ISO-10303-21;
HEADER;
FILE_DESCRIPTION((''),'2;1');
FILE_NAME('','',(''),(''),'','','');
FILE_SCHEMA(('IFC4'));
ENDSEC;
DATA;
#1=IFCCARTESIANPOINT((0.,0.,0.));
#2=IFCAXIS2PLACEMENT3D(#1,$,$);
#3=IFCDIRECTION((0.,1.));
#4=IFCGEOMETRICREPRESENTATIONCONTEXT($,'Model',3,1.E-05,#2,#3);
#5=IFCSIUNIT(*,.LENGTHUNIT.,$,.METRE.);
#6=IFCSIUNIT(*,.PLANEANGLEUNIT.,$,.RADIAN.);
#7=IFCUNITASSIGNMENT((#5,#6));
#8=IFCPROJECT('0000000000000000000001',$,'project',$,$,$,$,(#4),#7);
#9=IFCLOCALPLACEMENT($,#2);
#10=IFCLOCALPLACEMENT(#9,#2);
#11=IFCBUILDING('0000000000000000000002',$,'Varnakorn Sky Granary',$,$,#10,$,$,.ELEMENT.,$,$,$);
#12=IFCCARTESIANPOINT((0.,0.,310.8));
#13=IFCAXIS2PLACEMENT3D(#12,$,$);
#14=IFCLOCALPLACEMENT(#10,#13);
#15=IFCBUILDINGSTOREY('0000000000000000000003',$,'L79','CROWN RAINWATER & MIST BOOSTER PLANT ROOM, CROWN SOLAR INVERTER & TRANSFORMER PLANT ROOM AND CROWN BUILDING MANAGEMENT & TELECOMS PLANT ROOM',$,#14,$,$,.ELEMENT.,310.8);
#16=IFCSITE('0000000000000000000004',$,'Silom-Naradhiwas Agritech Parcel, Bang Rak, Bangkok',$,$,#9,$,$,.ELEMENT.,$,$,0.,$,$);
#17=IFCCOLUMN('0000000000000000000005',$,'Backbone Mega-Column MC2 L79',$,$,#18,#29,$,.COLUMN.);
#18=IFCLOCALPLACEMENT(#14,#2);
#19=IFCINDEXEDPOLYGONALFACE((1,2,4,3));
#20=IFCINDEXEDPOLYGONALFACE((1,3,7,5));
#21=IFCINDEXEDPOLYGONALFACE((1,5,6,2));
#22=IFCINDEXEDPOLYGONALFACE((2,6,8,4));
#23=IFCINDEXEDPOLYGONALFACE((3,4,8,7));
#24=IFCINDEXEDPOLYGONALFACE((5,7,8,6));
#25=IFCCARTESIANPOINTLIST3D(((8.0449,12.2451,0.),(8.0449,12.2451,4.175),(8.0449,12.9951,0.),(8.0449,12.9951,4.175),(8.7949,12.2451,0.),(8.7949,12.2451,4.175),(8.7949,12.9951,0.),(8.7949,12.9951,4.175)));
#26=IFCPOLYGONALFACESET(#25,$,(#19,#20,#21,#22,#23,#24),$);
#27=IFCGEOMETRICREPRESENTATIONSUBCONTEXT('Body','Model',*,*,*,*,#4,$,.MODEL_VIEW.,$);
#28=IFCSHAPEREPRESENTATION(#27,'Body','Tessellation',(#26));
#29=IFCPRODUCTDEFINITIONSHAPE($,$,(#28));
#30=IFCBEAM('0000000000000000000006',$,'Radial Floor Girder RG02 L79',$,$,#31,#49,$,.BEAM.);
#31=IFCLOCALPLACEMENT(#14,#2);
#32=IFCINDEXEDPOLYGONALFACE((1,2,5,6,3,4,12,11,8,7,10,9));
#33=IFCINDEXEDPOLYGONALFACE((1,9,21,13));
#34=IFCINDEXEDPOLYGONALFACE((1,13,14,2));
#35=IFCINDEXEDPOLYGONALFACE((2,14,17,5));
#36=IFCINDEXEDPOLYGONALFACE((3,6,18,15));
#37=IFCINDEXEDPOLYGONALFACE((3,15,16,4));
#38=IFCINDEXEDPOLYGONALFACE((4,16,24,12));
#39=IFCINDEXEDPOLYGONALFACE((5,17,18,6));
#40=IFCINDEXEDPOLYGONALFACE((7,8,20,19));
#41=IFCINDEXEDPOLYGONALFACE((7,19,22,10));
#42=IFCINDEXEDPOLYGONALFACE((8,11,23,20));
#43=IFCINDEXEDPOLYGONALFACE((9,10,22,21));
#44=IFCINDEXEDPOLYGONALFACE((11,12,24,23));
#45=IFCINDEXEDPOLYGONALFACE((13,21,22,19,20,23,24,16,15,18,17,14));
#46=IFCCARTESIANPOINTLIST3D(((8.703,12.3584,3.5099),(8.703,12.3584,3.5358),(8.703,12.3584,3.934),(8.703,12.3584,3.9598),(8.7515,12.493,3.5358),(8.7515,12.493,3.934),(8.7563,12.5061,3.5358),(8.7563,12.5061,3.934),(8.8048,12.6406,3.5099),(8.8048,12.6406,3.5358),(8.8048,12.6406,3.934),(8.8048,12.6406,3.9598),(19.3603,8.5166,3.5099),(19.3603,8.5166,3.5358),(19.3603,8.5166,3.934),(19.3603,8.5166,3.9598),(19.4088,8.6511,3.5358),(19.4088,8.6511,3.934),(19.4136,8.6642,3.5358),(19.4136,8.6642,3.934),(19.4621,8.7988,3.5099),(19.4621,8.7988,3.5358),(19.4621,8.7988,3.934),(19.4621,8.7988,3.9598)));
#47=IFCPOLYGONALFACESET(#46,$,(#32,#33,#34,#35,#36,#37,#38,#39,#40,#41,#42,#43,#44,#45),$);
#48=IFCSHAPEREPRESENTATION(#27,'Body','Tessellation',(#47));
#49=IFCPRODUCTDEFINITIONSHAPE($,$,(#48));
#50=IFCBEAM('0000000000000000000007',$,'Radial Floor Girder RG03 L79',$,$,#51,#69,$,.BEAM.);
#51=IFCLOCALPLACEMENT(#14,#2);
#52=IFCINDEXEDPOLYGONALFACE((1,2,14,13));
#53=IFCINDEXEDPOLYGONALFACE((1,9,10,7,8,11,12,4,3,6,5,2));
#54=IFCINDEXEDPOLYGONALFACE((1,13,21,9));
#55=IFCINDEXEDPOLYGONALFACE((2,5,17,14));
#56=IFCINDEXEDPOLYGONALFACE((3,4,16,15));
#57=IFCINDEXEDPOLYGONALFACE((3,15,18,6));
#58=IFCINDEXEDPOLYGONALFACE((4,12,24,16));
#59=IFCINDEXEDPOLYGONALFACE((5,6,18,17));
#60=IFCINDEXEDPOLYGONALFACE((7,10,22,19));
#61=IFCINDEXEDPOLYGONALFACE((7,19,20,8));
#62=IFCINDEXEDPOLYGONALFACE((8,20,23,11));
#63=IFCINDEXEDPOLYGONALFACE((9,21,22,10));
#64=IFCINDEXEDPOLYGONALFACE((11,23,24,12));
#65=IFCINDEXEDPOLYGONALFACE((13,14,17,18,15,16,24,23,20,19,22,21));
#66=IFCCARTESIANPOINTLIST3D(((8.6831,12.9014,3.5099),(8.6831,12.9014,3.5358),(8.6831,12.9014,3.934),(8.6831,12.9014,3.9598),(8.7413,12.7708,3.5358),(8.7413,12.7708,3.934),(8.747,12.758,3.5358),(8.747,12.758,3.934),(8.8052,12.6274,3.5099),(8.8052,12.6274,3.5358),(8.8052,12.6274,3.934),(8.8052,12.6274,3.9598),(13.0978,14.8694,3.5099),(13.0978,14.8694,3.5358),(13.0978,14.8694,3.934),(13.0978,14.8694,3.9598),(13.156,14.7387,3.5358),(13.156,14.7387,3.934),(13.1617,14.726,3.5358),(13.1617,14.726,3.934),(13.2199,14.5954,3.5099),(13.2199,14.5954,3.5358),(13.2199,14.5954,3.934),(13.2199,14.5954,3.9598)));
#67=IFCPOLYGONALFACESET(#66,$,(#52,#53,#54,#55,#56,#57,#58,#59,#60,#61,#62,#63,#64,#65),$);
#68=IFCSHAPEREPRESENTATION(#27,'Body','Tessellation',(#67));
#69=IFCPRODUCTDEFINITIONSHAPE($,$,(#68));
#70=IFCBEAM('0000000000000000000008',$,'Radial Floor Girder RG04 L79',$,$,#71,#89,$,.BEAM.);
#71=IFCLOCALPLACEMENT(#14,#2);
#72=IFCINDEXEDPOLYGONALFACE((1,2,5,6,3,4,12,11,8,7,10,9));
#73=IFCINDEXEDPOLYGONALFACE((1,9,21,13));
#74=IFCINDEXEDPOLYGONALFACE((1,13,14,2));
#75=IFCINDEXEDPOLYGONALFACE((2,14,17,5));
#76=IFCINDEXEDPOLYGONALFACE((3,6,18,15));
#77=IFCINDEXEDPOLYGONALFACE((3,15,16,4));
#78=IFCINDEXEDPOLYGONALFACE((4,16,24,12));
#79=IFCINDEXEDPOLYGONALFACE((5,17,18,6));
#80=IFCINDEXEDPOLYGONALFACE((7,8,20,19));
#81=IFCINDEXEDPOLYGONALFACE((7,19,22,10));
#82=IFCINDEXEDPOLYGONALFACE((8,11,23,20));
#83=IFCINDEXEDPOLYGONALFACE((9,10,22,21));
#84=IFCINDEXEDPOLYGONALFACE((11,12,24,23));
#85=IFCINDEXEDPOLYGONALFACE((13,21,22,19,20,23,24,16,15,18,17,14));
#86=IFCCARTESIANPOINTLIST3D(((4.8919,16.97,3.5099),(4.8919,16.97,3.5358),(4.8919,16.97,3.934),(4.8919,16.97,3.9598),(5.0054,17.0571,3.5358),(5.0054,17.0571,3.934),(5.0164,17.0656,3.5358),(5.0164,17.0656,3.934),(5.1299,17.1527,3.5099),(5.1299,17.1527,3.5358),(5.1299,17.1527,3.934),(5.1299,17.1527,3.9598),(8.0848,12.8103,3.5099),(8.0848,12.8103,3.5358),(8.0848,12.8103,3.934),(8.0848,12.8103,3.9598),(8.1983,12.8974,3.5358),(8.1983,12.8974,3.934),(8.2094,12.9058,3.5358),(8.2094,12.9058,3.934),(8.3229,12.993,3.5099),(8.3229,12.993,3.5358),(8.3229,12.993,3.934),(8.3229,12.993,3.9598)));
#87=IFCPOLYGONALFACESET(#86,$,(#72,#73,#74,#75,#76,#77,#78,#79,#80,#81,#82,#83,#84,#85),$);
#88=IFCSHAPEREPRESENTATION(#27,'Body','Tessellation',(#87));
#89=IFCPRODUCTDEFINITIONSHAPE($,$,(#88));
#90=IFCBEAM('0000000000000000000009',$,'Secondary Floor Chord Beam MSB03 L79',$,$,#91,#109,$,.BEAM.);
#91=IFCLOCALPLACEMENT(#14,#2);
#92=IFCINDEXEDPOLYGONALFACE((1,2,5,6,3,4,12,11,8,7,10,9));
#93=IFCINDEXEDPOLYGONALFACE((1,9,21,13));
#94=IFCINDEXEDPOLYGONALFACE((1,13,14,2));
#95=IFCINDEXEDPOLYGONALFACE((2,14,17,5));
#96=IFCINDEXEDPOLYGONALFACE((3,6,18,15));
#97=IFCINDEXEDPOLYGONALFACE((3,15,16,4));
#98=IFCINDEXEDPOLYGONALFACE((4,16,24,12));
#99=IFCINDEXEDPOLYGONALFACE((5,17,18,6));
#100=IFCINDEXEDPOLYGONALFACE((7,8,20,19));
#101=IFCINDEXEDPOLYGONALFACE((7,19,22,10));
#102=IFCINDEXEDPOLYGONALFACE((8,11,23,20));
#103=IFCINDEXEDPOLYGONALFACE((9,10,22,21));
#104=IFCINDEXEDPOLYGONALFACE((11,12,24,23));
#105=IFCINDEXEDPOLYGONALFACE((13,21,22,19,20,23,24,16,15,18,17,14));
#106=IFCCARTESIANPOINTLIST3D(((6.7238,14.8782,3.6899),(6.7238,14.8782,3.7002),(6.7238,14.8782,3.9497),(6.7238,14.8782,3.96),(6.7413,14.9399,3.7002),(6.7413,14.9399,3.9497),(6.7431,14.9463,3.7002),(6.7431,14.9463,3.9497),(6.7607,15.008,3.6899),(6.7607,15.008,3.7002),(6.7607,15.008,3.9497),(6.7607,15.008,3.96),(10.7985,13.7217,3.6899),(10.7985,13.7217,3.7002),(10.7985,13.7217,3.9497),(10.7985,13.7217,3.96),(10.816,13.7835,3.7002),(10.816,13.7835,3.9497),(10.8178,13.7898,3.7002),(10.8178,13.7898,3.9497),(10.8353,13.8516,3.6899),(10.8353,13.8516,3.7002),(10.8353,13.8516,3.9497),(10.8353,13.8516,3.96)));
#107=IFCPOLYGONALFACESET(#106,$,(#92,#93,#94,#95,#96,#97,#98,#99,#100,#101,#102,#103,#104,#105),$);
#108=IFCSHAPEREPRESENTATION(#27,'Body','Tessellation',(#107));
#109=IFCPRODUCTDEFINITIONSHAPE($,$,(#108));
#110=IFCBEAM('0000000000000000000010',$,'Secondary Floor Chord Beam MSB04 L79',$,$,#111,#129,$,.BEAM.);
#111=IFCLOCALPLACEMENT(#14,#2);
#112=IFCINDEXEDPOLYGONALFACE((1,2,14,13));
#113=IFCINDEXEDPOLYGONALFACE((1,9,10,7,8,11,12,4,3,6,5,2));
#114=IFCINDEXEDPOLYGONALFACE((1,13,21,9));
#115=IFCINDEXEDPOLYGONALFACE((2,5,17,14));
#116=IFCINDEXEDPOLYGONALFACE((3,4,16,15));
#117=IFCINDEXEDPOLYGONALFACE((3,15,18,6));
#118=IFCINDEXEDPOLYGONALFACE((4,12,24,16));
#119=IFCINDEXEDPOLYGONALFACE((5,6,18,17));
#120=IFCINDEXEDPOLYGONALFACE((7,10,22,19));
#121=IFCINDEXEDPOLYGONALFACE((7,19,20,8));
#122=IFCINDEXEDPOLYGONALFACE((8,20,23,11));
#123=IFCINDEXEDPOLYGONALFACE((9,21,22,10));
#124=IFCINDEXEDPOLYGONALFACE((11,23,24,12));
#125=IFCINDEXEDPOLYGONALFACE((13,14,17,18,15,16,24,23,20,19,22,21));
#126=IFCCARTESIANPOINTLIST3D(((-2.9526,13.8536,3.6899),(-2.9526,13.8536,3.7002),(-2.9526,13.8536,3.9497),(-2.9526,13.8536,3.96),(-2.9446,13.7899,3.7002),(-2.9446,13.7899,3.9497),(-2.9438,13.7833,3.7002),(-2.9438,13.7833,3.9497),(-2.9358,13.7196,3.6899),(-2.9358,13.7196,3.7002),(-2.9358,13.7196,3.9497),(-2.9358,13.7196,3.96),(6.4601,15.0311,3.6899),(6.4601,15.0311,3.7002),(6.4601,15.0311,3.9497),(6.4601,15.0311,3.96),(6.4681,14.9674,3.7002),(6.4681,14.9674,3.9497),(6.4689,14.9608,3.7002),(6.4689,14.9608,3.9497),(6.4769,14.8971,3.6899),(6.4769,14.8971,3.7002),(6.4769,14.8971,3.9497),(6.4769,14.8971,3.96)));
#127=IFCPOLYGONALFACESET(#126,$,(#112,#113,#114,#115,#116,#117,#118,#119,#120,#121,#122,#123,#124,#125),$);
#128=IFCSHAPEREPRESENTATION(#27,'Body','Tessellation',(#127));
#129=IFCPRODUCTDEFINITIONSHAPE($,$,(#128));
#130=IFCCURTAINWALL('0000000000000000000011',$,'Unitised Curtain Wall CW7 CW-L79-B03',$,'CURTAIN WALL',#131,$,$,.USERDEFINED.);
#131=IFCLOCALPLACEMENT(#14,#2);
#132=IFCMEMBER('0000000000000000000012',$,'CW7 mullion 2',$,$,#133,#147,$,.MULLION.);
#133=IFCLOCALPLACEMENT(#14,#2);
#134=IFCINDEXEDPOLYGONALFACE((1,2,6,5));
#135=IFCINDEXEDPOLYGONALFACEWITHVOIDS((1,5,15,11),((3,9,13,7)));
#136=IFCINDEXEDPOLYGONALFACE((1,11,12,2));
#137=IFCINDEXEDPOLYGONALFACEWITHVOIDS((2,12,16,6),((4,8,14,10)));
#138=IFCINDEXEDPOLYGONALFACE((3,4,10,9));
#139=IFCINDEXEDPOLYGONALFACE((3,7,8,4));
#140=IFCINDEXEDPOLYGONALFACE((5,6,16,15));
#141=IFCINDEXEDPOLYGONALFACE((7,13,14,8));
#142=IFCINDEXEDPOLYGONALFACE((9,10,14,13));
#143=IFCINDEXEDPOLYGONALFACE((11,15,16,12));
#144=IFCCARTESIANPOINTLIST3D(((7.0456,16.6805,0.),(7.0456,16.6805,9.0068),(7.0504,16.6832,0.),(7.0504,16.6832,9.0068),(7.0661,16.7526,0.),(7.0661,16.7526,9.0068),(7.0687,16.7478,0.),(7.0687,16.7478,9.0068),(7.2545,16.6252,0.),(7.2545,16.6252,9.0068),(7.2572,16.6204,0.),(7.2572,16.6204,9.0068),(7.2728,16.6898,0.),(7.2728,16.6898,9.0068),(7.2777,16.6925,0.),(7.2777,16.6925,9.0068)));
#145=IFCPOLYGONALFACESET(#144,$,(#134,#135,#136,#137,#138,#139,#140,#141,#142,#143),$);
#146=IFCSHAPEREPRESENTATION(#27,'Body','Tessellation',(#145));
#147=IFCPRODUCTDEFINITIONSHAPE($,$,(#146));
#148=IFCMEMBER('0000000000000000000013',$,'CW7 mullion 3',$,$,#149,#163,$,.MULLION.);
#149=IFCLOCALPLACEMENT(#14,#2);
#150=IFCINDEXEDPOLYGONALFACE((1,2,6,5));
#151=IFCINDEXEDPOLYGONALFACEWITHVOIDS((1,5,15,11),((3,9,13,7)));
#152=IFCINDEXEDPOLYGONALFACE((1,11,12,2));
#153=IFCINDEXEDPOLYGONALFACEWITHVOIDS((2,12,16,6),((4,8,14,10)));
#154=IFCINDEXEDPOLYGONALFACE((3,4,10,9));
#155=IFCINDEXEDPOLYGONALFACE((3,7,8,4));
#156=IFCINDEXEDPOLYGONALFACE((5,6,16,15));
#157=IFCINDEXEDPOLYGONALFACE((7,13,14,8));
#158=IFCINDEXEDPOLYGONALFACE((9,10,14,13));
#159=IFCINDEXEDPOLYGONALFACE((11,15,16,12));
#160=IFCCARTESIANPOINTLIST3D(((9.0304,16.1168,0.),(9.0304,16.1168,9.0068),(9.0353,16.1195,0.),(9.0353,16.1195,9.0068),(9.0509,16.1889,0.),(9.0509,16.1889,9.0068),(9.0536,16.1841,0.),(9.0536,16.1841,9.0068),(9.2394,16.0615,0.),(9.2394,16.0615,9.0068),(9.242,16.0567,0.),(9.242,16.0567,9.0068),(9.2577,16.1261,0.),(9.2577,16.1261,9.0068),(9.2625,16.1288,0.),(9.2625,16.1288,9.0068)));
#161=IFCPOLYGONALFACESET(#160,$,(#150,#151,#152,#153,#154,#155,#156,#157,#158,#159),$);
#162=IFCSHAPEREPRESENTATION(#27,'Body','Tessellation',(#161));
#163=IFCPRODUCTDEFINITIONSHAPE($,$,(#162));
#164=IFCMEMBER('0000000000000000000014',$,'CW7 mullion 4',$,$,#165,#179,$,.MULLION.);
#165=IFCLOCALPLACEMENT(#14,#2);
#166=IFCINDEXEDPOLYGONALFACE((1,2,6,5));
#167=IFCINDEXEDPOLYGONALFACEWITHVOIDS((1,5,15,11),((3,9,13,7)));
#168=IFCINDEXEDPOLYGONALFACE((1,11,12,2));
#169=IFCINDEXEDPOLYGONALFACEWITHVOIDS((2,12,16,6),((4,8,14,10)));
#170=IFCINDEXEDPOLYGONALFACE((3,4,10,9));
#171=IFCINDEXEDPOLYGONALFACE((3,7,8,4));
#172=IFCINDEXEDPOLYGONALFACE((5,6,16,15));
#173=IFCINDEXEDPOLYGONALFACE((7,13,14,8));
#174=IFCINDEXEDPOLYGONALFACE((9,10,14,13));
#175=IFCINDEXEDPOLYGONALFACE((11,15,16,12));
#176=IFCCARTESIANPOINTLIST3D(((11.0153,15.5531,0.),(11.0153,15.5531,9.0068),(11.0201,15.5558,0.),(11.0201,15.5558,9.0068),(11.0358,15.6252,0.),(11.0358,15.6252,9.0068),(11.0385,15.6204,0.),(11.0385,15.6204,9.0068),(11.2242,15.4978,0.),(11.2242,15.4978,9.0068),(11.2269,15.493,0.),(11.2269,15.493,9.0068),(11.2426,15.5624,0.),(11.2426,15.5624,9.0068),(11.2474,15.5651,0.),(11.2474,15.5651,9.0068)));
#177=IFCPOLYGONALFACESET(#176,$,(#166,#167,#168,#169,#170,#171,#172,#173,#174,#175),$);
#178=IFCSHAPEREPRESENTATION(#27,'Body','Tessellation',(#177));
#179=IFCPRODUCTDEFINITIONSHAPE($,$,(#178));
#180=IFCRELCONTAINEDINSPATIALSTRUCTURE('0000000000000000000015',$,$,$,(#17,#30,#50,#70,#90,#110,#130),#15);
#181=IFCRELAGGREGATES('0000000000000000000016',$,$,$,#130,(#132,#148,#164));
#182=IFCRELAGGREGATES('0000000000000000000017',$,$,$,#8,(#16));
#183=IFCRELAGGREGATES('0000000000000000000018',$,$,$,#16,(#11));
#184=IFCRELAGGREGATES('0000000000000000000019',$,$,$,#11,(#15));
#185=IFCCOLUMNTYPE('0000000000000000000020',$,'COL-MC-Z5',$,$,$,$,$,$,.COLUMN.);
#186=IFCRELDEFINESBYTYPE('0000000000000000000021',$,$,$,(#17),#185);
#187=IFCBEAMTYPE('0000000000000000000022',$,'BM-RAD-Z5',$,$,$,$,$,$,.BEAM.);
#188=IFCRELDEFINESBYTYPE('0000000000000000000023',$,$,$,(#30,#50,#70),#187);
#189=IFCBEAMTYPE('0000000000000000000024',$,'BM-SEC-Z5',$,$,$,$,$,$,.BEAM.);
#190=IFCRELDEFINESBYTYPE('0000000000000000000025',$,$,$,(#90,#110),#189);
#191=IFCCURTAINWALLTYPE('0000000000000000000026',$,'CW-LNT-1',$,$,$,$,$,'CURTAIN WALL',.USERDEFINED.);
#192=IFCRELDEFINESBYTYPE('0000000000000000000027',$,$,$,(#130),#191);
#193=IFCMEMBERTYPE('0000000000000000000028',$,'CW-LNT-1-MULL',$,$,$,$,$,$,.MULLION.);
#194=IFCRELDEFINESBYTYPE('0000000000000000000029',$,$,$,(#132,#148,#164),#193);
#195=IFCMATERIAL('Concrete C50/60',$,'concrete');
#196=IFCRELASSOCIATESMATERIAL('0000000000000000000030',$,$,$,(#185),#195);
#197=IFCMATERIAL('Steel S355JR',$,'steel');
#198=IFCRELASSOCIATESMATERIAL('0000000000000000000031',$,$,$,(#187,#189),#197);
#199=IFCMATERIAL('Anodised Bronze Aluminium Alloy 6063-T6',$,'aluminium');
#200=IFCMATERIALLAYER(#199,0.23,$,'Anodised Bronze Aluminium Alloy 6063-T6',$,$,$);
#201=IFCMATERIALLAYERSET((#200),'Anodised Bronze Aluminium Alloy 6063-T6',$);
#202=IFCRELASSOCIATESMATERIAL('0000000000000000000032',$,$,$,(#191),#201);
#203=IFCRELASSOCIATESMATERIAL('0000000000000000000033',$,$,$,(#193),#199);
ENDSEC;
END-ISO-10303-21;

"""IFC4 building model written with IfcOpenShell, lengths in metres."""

from ifc_helpers import new_model, si_unit, direction, frame, origin, origin_2d, place, context, subcontext, project, spatial, rectangle, hollow_rectangle, i_section, extrude, material, layer, layer_set, material_profile, profile_set, type_object, element, aggregate, save


model = new_model("IFC4")

# Units and contexts
model_context = context("Model", 3, precision=1e-05, world=origin(), true_north=direction((0.0, 1.0)))
body_context = subcontext(model_context, "Body", "Model", "MODEL_VIEW")
ifc_project = project(units=[si_unit("LENGTHUNIT", "METRE"), si_unit("PLANEANGLEUNIT", "RADIAN")], contexts=[model_context])

# Site, building, storey
site_placement = place(None, origin())
site = spatial("IfcSite", under=ifc_project, at=site_placement, Name="Silom-Naradhiwas Agritech Parcel, Bang Rak, Bangkok", CompositionType="ELEMENT", RefElevation=0.0)
building_placement = place(site_placement, origin())
building = spatial("IfcBuilding", under=site, at=building_placement, Name="Varnakorn Sky Granary", CompositionType="ELEMENT")
storey_placement = place(building_placement, frame((0.0, 0.0, 310.8)))
storey = spatial("IfcBuildingStorey", under=building, at=storey_placement, Name="L79", Description="CROWN RAINWATER & MIST BOOSTER PLANT ROOM, CROWN SOLAR INVERTER & TRANSFORMER PLANT ROOM AND CROWN BUILDING MANAGEMENT & TELECOMS PLANT ROOM", CompositionType="ELEMENT", Elevation=310.8)

# Column
ifc_material_1 = material(Name="Concrete C50/60", Category="concrete")
ifc_material_profile_1 = material_profile(ifc_material_1, rectangle(XDim=0.75, YDim=0.75, at=origin_2d()), Name="RC 750x750")
ifc_profile_set_1 = profile_set([ifc_material_profile_1], Name="Concrete C50/60")
column_type = type_object("IfcColumnType", Name="COL-MC-Z5", PredefinedType="COLUMN", material=ifc_profile_set_1)
column_placement = place(storey_placement, frame((8.4199, 12.6201, 0.0), z_axis=(0.0, 0.0, 1.0), x_axis=(1.0, 0.0, 0.0)))
element("IfcColumn", 1, at=column_placement, inside=storey, type_object=column_type, Name="Backbone Mega-Column MC2 L79", PredefinedType="COLUMN", context=body_context, shape_type="SweptSolid", body=[
    extrude(rectangle(XDim=0.75, YDim=0.75, at=origin_2d()), origin(), (0.0, 0.0, 1.0), 4.175),
])

# Beams
ifc_material_2 = material(Name="Steel S355JR", Category="steel")
ifc_material_profile_2 = material_profile(ifc_material_2, i_section(OverallWidth=0.3, OverallDepth=0.45, WebThickness=0.0139, FlangeThickness=0.0259, at=origin_2d()), Name="HE 450 B")
ifc_profile_set_2 = profile_set([ifc_material_profile_2], Name="Steel S355JR")
beam_type_1 = type_object("IfcBeamType", Name="BM-RAD-Z5", PredefinedType="BEAM", material=ifc_profile_set_2)
beam_1_placement = place(storey_placement, frame((8.7539, 12.4995, 3.7349), z_axis=(0.940741, -0.339125, 0.0), x_axis=(0.339125, 0.940741, 0.0)))
element("IfcBeam", 2, at=beam_1_placement, inside=storey, type_object=beam_type_1, Name="Radial Floor Girder RG02 L79", PredefinedType="BEAM", context=body_context, shape_type="SweptSolid", body=[
    extrude(i_section(OverallWidth=0.3, OverallDepth=0.45, WebThickness=0.0139, FlangeThickness=0.0259, at=origin_2d()), origin(), (0.0, 0.0, 1.0), 11.3286),
])
beam_2_placement = place(storey_placement, frame((8.7441, 12.7644, 3.7349), z_axis=(0.913359, 0.407155, 0.0), x_axis=(-0.407155, 0.913359, 0.0)))
element("IfcBeam", 3, at=beam_2_placement, inside=storey, type_object=beam_type_1, Name="Radial Floor Girder RG03 L79", PredefinedType="BEAM", context=body_context, shape_type="SweptSolid", body=[
    extrude(i_section(OverallWidth=0.3, OverallDepth=0.45, WebThickness=0.0139, FlangeThickness=0.0259, at=origin_2d()), origin(), (0.0, 0.0, 1.0), 4.8335),
])
beam_3_placement = place(storey_placement, frame((8.2039, 12.9016, 3.7349), z_axis=(-0.608887, 0.793257, 0.0), x_axis=(-0.793257, -0.608887, 0.0)))
element("IfcBeam", 4, at=beam_3_placement, inside=storey, type_object=beam_type_1, Name="Radial Floor Girder RG04 L79", PredefinedType="BEAM", context=body_context, shape_type="SweptSolid", body=[
    extrude(i_section(OverallWidth=0.3, OverallDepth=0.45, WebThickness=0.0139, FlangeThickness=0.0259, at=origin_2d()), origin(), (0.0, 0.0, 1.0), 5.2439),
])
ifc_material_profile_3 = material_profile(ifc_material_2, i_section(OverallWidth=0.135, OverallDepth=0.27, WebThickness=0.0066, FlangeThickness=0.0103, at=origin_2d()), Name="IPE 270")
ifc_profile_set_3 = profile_set([ifc_material_profile_3], Name="Steel S355JR")
beam_type_2 = type_object("IfcBeamType", Name="BM-SEC-Z5", PredefinedType="BEAM", material=ifc_profile_set_3)
beam_4_placement = place(storey_placement, frame((10.8169, 13.7866, 3.825), z_axis=(-0.962003, 0.273038, 0.0), x_axis=(-0.273038, -0.962003, 0.0)))
element("IfcBeam", 5, at=beam_4_placement, inside=storey, type_object=beam_type_2, Name="Secondary Floor Chord Beam MSB03 L79", PredefinedType="BEAM", context=body_context, shape_type="SweptSolid", body=[
    extrude(i_section(OverallWidth=0.135, OverallDepth=0.27, WebThickness=0.0066, FlangeThickness=0.0103, at=origin_2d()), origin(), (0.0, 0.0, 1.0), 4.2356),
])
beam_5_placement = place(storey_placement, frame((6.4685, 14.9641, 3.825), z_axis=(-0.992266, -0.12413, 0.0), x_axis=(0.12413, -0.992266, 0.0)))
element("IfcBeam", 6, at=beam_5_placement, inside=storey, type_object=beam_type_2, Name="Secondary Floor Chord Beam MSB04 L79", PredefinedType="BEAM", context=body_context, shape_type="SweptSolid", body=[
    extrude(i_section(OverallWidth=0.135, OverallDepth=0.27, WebThickness=0.0066, FlangeThickness=0.0103, at=origin_2d()), origin(), (0.0, 0.0, 1.0), 9.4861),
])

# Curtain wall, members
ifc_material_3 = material(Name="Anodised Bronze Aluminium Alloy 6063-T6", Category="aluminium")
ifc_layer_1 = layer(ifc_material_3, 0.23, Name="Anodised Bronze Aluminium Alloy 6063-T6")
ifc_layer_set_1 = layer_set([ifc_layer_1], Name="Anodised Bronze Aluminium Alloy 6063-T6")
curtain_wall_type = type_object("IfcCurtainWallType", Name="CW-LNT-1", ElementType="CURTAIN WALL", PredefinedType="USERDEFINED", material=ifc_layer_set_1)
curtain_wall_placement = place(storey_placement, origin())
curtain_wall = element("IfcCurtainWall", 7, at=curtain_wall_placement, inside=storey, type_object=curtain_wall_type, Name="Unitised Curtain Wall CW7 CW-L79-B03", ObjectType="CURTAIN WALL", PredefinedType="USERDEFINED")
ifc_material_profile_4 = material_profile(ifc_material_3, hollow_rectangle(XDim=0.075, YDim=0.22, WallThickness=0.0039, at=origin_2d()), Name="ALU MULL 75x220")
ifc_profile_set_4 = profile_set([ifc_material_profile_4], Name="Anodised Bronze Aluminium Alloy 6063-T6")
member_type_1 = type_object("IfcMemberType", Name="CW-LNT-1-MULL", PredefinedType="MULLION", material=ifc_profile_set_4)
member_1_placement = place(storey_placement, frame((7.1616, 16.6865, 0.0), z_axis=(0.0, 0.0, 1.0), x_axis=(0.273207, 0.961955, 0.0)))
member_1 = element("IfcMember", 8, at=member_1_placement, type_object=member_type_1, Name="CW7 mullion 2", PredefinedType="MULLION", context=body_context, shape_type="SweptSolid", body=[
    extrude(hollow_rectangle(XDim=0.075, YDim=0.22, WallThickness=0.0039, at=origin_2d()), origin(), (0.0, 0.0, 1.0), 9.0068),
])
member_2_placement = place(storey_placement, frame((9.1465, 16.1228, 0.0), z_axis=(0.0, 0.0, 1.0), x_axis=(0.273207, 0.961955, 0.0)))
member_2 = element("IfcMember", 9, at=member_2_placement, type_object=member_type_1, Name="CW7 mullion 3", PredefinedType="MULLION", context=body_context, shape_type="SweptSolid", body=[
    extrude(hollow_rectangle(XDim=0.075, YDim=0.22, WallThickness=0.0039, at=origin_2d()), origin(), (0.0, 0.0, 1.0), 9.0068),
])
member_3_placement = place(storey_placement, frame((11.1313, 15.5591, 0.0), z_axis=(0.0, 0.0, 1.0), x_axis=(0.273207, 0.961955, 0.0)))
member_3 = element("IfcMember", 10, at=member_3_placement, type_object=member_type_1, Name="CW7 mullion 4", PredefinedType="MULLION", context=body_context, shape_type="SweptSolid", body=[
    extrude(hollow_rectangle(XDim=0.075, YDim=0.22, WallThickness=0.0039, at=origin_2d()), origin(), (0.0, 0.0, 1.0), 9.0068),
])

aggregate(curtain_wall, [member_1, member_2, member_3])

save(model, "model.ifc")
